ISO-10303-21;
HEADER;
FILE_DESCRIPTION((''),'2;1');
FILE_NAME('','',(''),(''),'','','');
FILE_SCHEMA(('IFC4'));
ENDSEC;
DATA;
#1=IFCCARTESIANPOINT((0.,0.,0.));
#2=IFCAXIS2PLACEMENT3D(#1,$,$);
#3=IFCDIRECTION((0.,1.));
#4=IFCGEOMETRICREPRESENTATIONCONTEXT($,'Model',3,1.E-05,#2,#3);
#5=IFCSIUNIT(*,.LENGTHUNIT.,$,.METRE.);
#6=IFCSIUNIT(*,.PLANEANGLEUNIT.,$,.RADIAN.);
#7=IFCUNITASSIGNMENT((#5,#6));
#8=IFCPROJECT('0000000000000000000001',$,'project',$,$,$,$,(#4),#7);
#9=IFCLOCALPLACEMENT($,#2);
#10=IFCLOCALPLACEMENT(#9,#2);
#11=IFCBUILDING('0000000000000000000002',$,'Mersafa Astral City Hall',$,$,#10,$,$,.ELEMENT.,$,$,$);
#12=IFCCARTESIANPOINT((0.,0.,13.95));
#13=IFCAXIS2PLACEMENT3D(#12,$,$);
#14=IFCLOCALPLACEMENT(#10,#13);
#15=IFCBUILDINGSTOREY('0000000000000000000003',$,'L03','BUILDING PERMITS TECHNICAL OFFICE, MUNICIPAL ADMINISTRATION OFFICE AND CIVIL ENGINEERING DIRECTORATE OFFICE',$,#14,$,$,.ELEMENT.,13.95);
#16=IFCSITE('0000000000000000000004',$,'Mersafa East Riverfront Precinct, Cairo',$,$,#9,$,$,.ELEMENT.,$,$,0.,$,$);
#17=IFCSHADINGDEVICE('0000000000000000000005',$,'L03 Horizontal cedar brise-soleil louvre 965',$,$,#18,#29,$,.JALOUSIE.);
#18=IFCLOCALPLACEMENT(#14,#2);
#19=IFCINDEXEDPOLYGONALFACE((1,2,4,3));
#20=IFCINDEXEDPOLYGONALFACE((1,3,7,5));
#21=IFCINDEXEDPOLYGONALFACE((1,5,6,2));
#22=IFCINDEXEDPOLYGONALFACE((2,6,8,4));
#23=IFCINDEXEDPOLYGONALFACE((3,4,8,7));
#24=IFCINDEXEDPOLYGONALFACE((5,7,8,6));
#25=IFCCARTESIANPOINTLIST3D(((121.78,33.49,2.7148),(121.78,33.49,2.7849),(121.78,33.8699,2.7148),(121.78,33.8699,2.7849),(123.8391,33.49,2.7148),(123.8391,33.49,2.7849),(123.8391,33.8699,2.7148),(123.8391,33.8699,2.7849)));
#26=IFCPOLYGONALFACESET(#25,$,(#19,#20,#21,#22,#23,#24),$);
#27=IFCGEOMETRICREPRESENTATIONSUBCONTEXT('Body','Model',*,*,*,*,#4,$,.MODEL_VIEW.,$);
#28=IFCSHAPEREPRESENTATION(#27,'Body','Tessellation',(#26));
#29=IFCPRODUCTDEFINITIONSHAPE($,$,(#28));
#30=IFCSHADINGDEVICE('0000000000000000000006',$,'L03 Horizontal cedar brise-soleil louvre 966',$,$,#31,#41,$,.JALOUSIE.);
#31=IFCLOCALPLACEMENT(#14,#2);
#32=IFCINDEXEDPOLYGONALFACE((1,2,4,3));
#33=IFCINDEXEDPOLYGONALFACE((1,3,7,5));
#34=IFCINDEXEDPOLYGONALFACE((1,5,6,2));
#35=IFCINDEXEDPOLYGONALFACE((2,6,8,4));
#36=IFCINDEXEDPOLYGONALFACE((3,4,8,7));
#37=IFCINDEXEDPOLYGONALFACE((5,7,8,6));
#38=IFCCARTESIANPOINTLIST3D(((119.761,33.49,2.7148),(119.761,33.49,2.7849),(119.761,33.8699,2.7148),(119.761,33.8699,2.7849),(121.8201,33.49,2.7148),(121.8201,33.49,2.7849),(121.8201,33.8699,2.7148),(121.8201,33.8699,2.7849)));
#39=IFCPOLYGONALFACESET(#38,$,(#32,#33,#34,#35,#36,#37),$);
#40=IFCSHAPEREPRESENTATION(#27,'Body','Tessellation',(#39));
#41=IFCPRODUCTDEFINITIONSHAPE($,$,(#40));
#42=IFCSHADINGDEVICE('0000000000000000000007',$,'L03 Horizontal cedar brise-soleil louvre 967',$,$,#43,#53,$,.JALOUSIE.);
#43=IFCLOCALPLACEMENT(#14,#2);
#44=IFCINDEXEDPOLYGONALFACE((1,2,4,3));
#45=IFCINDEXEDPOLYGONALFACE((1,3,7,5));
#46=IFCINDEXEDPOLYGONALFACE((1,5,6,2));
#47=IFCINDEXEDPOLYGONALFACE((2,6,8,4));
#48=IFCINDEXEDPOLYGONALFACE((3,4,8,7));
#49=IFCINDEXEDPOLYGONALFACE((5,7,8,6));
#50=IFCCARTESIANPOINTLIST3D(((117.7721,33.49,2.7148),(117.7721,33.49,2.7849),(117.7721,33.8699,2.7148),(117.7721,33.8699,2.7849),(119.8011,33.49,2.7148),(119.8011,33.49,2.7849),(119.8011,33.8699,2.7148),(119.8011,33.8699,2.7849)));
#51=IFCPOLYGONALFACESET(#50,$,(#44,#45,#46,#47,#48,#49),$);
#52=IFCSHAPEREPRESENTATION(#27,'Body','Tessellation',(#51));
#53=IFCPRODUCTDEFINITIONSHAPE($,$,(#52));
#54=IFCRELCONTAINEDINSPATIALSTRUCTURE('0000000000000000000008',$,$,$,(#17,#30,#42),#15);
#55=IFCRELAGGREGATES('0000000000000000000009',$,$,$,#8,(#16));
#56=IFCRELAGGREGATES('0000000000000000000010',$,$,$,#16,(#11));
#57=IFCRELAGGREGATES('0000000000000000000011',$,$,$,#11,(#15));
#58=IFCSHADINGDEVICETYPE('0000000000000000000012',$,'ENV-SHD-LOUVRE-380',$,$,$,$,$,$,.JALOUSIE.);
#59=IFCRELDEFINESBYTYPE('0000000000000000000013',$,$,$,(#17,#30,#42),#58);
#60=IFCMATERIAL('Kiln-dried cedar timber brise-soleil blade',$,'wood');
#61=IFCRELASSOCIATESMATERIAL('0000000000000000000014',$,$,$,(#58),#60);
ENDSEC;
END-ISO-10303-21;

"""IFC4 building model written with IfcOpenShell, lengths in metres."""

from ifc_helpers import new_model, si_unit, direction, frame, origin, origin_2d, place, context, subcontext, project, spatial, rectangle, extrude, material, type_object, element, save


model = new_model("IFC4")

# Units and contexts
model_context = context("Model", 3, precision=1e-05, world=origin(), true_north=direction((0.0, 1.0)))
body_context = subcontext(model_context, "Body", "Model", "MODEL_VIEW")
ifc_project = project(units=[si_unit("LENGTHUNIT", "METRE"), si_unit("PLANEANGLEUNIT", "RADIAN")], contexts=[model_context])

# Site, building, storey
site_placement = place(None, origin())
site = spatial("IfcSite", under=ifc_project, at=site_placement, Name="Mersafa East Riverfront Precinct, Cairo", CompositionType="ELEMENT", RefElevation=0.0)
building_placement = place(site_placement, origin())
building = spatial("IfcBuilding", under=site, at=building_placement, Name="Mersafa Astral City Hall", CompositionType="ELEMENT")
storey_placement = place(building_placement, frame((0.0, 0.0, 13.95)))
storey = spatial("IfcBuildingStorey", under=building, at=storey_placement, Name="L03", Description="BUILDING PERMITS TECHNICAL OFFICE, MUNICIPAL ADMINISTRATION OFFICE AND CIVIL ENGINEERING DIRECTORATE OFFICE", CompositionType="ELEMENT", Elevation=13.95)

# Shading devices
ifc_material_1 = material(Name="Kiln-dried cedar timber brise-soleil blade", Category="wood")
shading_device_type_1 = type_object("IfcShadingDeviceType", Name="ENV-SHD-LOUVRE-380", PredefinedType="JALOUSIE", material=ifc_material_1)
for number, where, z_axis, x_axis, name in (
    (1, (122.8096, 33.6799, 2.7148), (0.0, 0.0, 1.0), (-1.0, 0.0, 0.0), "L03 Horizontal cedar brise-soleil louvre 965"),
    (2, (120.7905, 33.6799, 2.7148), (0.0, 0.0, 1.0), (-1.0, 0.0, 0.0), "L03 Horizontal cedar brise-soleil louvre 966"),
):
    element("IfcShadingDevice", number, at=place(storey_placement, frame(where, z_axis=z_axis, x_axis=x_axis)), inside=storey, type_object=shading_device_type_1, Name=name, PredefinedType="JALOUSIE", context=body_context, shape_type="SweptSolid", body=[
        extrude(rectangle(XDim=2.0591, YDim=0.3799, at=origin_2d()), origin(), (0.0, 0.0, 1.0), 0.0701),
    ])
shading_device_1_placement = place(storey_placement, frame((118.7866, 33.6799, 2.7148), z_axis=(0.0, 0.0, 1.0), x_axis=(-1.0, 0.0, 0.0)))
element("IfcShadingDevice", 3, at=shading_device_1_placement, inside=storey, type_object=shading_device_type_1, Name="L03 Horizontal cedar brise-soleil louvre 967", PredefinedType="JALOUSIE", context=body_context, shape_type="SweptSolid", body=[
    extrude(rectangle(XDim=2.0291, YDim=0.3799, at=origin_2d()), origin(), (0.0, 0.0, 1.0), 0.0701),
])

save(model, "model.ifc")
